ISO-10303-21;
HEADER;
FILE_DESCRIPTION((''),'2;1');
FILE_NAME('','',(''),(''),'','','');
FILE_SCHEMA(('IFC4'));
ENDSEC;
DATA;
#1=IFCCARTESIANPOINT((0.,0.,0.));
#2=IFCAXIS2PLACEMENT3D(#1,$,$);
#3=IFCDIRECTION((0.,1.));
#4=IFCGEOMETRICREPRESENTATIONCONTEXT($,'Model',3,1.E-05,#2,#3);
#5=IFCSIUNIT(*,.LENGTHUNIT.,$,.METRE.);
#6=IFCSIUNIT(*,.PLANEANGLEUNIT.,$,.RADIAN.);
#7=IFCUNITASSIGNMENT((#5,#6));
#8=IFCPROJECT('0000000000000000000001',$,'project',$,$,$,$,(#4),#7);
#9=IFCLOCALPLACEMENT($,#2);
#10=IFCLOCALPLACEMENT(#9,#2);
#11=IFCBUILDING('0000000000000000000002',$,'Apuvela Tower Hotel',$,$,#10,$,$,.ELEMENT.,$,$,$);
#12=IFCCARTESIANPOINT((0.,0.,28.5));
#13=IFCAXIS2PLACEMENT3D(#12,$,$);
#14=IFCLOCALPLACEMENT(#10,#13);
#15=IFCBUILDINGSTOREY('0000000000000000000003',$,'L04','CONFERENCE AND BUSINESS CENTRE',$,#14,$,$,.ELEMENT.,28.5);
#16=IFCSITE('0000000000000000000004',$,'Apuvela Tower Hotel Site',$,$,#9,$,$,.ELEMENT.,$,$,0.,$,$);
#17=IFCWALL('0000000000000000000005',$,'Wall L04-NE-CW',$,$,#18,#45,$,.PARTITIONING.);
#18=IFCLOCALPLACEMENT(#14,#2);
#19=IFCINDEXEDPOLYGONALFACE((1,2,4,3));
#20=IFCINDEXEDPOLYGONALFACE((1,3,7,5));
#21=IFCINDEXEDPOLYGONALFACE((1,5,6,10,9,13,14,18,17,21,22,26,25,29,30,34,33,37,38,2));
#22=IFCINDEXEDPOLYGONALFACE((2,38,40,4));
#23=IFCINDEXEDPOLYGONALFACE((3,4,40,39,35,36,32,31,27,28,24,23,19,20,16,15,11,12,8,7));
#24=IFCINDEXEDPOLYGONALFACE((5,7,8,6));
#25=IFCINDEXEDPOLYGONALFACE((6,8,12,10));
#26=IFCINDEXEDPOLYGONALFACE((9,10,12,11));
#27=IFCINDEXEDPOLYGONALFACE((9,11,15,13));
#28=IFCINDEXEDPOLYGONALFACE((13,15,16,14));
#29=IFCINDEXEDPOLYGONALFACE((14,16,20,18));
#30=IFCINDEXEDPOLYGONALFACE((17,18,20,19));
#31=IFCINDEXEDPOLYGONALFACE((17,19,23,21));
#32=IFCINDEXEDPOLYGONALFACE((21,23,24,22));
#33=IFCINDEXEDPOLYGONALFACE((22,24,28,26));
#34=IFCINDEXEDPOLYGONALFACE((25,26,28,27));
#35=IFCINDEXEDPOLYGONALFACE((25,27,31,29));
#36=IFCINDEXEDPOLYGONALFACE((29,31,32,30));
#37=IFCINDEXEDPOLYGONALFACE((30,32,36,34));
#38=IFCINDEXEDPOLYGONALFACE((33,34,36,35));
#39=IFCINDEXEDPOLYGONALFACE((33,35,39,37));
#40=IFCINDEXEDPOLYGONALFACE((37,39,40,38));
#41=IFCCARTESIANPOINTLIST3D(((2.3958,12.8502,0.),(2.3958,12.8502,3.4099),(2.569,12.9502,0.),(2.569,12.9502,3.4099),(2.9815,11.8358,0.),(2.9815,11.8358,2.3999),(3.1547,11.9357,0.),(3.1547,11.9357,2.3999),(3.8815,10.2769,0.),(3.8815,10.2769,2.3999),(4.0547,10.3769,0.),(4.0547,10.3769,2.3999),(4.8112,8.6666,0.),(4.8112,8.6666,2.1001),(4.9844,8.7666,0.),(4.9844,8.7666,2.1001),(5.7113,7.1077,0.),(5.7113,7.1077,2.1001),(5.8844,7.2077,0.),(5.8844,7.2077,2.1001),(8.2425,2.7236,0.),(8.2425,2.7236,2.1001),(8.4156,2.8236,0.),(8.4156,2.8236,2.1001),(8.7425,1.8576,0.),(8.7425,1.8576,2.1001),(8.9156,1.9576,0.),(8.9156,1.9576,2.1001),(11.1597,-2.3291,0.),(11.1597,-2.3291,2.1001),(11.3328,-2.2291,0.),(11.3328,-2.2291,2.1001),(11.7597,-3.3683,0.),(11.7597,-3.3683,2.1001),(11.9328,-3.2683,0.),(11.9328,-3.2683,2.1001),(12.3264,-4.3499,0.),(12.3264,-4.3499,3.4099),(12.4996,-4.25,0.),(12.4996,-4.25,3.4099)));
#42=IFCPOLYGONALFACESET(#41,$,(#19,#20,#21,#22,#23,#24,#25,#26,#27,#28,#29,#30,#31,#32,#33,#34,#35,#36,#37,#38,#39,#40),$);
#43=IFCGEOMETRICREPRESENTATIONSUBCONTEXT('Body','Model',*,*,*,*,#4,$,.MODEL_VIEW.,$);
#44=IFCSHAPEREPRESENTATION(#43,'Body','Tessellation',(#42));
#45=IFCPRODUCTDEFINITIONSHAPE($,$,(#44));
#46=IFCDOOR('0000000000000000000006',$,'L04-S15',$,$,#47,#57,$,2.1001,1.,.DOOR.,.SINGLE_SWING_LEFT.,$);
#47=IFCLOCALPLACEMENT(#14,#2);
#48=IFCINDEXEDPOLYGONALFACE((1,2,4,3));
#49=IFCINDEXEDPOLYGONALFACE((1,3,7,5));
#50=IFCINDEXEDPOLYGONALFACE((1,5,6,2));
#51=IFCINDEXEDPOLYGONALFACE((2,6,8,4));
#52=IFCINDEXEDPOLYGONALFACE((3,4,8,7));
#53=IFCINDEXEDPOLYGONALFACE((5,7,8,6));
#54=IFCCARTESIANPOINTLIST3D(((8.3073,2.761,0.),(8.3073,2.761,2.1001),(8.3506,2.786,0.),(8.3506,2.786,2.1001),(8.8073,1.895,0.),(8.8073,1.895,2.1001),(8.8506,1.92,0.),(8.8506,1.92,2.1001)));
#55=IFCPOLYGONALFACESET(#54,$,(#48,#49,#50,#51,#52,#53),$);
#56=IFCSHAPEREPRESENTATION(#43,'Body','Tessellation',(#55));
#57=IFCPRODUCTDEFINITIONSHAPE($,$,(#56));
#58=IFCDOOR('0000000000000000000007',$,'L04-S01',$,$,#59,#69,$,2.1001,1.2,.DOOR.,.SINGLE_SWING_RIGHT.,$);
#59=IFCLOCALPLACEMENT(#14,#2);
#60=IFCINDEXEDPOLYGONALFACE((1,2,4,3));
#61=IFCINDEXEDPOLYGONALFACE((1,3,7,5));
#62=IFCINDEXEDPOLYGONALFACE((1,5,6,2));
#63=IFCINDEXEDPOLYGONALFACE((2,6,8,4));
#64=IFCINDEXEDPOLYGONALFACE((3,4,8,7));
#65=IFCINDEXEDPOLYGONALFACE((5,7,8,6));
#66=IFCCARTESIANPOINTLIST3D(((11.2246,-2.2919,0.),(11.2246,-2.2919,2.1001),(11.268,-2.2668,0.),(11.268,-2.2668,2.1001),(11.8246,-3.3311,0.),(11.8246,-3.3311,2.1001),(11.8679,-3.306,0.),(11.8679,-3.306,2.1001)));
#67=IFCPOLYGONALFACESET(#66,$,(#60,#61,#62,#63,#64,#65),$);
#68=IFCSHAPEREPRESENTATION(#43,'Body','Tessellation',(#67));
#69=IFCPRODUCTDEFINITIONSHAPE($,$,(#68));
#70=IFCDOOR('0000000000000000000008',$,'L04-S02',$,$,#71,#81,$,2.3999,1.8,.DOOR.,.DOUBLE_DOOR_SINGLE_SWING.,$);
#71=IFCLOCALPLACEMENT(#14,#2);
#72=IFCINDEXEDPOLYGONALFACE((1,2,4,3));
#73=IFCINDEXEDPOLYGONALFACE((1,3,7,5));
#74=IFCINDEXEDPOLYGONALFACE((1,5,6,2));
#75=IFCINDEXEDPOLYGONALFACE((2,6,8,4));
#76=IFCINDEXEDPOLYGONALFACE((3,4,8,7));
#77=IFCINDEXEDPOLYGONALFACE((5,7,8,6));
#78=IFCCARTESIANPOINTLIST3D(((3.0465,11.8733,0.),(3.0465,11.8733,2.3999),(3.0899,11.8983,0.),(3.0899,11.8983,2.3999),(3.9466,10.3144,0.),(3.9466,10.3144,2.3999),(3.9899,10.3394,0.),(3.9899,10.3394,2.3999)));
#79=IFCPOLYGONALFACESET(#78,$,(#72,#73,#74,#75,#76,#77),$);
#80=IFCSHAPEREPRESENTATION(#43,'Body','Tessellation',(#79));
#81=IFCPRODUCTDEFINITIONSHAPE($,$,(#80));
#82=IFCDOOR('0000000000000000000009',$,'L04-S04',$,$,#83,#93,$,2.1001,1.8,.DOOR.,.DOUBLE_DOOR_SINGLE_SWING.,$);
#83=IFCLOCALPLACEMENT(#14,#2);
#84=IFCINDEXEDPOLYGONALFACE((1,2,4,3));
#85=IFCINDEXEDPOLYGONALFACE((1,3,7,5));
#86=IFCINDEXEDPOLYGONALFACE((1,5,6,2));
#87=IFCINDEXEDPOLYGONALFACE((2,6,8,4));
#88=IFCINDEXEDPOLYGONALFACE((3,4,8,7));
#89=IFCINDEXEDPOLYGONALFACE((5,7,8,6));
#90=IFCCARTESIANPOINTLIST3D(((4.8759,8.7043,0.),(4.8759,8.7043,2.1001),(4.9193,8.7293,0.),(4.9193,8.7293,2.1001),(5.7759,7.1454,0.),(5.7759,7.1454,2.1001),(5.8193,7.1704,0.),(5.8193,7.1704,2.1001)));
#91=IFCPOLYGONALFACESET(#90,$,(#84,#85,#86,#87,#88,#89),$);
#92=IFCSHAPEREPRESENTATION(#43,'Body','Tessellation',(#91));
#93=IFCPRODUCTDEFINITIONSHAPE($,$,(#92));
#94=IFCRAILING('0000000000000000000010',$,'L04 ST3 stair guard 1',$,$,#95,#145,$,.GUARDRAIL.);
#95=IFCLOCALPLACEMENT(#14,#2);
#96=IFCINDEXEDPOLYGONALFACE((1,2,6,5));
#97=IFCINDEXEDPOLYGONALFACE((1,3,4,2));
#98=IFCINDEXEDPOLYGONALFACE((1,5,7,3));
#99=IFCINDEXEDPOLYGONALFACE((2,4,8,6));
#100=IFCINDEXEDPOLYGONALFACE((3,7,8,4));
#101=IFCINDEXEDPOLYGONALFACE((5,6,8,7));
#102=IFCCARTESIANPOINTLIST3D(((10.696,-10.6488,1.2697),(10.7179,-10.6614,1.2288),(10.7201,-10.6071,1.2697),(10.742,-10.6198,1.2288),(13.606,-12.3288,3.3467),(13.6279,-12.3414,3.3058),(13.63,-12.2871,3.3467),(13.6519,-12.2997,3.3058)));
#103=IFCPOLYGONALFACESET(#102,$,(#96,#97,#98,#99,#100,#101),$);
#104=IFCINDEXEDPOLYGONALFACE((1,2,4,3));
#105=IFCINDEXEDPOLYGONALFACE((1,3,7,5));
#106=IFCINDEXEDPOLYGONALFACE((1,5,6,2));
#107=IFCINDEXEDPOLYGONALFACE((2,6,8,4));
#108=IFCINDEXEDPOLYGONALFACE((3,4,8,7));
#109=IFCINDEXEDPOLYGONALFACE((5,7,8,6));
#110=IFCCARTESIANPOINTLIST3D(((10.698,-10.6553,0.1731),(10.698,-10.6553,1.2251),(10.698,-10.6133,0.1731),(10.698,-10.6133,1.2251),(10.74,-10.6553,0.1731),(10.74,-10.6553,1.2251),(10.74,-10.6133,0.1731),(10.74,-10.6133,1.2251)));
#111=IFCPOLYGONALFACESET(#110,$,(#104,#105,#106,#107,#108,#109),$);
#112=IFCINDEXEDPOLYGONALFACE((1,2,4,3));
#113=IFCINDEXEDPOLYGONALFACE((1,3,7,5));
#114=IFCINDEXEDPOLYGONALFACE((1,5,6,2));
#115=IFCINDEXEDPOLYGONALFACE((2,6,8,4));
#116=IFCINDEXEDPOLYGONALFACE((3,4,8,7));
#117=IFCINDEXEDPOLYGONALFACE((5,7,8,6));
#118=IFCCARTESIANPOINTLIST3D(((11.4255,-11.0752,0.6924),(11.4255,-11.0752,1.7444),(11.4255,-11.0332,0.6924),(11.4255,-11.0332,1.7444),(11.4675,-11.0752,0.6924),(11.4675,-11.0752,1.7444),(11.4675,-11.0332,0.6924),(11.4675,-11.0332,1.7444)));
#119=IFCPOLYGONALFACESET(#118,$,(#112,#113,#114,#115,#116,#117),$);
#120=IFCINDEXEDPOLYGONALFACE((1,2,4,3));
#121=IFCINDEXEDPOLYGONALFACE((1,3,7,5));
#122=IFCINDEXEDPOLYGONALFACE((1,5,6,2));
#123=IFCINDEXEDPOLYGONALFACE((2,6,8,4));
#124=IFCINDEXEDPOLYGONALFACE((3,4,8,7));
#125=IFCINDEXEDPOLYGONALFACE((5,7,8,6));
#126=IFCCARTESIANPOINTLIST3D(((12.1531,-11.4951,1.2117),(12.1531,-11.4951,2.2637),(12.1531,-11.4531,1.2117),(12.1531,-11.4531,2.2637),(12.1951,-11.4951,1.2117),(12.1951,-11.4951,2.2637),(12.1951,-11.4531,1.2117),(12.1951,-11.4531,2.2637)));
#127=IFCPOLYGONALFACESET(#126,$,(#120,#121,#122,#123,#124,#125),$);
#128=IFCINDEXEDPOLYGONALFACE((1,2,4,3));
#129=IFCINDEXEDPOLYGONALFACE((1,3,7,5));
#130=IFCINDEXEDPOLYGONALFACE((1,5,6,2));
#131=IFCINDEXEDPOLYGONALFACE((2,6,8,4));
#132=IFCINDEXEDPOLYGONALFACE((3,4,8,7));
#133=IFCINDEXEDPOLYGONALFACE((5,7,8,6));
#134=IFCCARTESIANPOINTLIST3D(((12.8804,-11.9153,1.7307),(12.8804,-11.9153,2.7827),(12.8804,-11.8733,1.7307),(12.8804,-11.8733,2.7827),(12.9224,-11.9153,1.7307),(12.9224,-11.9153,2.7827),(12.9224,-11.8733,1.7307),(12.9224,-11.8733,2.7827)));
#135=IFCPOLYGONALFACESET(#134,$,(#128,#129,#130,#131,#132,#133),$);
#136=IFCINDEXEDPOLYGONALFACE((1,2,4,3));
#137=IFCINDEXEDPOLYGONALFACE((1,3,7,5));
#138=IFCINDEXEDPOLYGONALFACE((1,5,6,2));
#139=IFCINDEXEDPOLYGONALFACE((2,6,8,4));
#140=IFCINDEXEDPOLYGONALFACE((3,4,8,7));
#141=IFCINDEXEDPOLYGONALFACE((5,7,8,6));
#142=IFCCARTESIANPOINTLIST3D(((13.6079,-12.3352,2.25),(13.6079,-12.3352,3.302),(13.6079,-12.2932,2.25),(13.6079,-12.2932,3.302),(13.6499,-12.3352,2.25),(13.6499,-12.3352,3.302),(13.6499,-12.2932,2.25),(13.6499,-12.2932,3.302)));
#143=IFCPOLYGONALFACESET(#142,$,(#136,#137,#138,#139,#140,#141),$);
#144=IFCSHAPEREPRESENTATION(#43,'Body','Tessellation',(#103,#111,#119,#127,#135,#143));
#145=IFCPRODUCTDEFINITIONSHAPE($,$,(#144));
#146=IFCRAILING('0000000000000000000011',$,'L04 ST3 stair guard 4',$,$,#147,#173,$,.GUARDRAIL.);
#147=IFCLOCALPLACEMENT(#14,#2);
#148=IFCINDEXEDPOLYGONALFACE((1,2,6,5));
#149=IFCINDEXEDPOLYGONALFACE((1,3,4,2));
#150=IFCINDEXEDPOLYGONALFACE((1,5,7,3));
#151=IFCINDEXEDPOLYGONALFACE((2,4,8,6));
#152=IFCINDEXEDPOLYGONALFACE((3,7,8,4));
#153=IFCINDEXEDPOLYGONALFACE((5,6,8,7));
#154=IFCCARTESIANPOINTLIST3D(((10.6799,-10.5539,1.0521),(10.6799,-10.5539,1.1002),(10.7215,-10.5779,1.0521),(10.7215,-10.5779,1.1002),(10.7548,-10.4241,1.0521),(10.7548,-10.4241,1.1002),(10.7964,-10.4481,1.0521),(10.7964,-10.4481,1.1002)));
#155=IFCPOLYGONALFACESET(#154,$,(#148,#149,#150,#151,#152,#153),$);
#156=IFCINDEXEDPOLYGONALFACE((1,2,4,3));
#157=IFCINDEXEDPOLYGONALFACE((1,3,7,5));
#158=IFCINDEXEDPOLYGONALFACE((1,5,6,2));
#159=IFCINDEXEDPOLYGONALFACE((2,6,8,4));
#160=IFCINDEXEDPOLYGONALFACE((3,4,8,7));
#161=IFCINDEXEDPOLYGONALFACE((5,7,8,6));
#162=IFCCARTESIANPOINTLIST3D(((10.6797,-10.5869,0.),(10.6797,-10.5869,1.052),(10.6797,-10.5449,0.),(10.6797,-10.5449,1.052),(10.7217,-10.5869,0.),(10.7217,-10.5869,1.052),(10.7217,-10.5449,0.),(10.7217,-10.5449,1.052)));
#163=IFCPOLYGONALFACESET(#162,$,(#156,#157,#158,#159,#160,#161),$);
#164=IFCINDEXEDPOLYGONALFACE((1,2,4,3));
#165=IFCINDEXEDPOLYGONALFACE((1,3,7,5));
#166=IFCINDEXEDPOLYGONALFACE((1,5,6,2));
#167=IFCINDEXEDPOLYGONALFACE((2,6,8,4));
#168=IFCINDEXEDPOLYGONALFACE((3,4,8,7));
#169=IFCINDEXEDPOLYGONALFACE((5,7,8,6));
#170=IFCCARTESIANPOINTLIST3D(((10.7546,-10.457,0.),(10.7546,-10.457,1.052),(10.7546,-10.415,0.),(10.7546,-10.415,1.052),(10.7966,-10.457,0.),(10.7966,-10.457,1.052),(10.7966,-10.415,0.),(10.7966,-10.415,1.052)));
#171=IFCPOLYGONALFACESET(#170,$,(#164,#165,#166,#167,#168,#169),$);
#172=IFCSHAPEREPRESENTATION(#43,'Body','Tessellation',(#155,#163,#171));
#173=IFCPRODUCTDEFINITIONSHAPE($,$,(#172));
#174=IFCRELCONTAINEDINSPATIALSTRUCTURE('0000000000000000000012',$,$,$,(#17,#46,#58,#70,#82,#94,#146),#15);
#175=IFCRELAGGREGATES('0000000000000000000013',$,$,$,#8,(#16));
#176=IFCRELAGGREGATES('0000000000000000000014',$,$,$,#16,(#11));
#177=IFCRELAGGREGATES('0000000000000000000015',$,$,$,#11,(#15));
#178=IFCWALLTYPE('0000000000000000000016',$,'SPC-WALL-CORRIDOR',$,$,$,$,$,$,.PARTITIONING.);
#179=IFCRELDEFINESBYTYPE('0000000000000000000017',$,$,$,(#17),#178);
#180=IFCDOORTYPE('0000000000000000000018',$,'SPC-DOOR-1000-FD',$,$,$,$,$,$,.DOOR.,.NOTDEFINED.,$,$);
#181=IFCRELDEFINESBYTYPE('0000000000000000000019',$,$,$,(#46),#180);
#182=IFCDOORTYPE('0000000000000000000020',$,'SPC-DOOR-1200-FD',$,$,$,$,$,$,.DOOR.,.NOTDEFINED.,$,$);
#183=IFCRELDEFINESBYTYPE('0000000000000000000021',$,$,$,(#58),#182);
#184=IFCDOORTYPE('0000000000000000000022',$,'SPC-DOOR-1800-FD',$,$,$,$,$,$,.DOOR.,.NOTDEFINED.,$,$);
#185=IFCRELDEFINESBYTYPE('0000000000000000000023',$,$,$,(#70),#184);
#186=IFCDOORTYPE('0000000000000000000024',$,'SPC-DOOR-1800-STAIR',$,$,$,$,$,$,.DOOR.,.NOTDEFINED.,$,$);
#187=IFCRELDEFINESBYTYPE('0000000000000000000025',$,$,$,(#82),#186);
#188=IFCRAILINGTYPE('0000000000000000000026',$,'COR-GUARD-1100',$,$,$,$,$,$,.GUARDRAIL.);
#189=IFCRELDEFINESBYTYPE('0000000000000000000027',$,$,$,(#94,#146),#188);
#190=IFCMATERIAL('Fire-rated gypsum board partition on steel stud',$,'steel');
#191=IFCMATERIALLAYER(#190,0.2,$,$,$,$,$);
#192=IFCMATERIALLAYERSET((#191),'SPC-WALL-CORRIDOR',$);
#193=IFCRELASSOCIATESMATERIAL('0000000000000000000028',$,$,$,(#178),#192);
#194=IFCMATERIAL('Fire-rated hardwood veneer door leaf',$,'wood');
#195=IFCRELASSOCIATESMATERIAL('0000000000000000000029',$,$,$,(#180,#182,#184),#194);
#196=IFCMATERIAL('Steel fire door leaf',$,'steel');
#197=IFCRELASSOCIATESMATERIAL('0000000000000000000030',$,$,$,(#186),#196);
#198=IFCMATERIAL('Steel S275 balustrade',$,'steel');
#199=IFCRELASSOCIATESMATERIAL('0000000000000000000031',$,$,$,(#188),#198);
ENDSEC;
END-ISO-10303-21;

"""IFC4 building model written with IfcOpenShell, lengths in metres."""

from ifc_helpers import new_model, si_unit, direction, frame, frame_2d, origin, origin_2d, place, context, subcontext, project, spatial, rectangle, extrude, material, layer, layer_set, type_object, element, fill, save


model = new_model("IFC4")

# Units and contexts
model_context = context("Model", 3, precision=1e-05, world=origin(), true_north=direction((0.0, 1.0)))
body_context = subcontext(model_context, "Body", "Model", "MODEL_VIEW")
ifc_project = project(units=[si_unit("LENGTHUNIT", "METRE"), si_unit("PLANEANGLEUNIT", "RADIAN")], contexts=[model_context])

# Site, building, storey
site_placement = place(None, origin())
site = spatial("IfcSite", under=ifc_project, at=site_placement, Name="Apuvela Tower Hotel Site", CompositionType="ELEMENT", RefElevation=0.0)
building_placement = place(site_placement, origin())
building = spatial("IfcBuilding", under=site, at=building_placement, Name="Apuvela Tower Hotel", CompositionType="ELEMENT")
storey_placement = place(building_placement, frame((0.0, 0.0, 28.5)))
storey = spatial("IfcBuildingStorey", under=building, at=storey_placement, Name="L04", Description="CONFERENCE AND BUSINESS CENTRE", CompositionType="ELEMENT", Elevation=28.5)

# Wall, openings, doors
ifc_material_1 = material(Name="Fire-rated gypsum board partition on steel stud", Category="steel")
ifc_layer_1 = layer(ifc_material_1, 0.2)
ifc_layer_set_1 = layer_set([ifc_layer_1], Name="SPC-WALL-CORRIDOR")
wall_type_1 = type_object("IfcWallType", Name="SPC-WALL-CORRIDOR", PredefinedType="PARTITIONING", material=ifc_layer_set_1)
wall_1_placement = place(storey_placement, frame((12.4131, -4.3, 0.0), z_axis=(0.0, 0.0, 1.0), x_axis=(-0.500005, 0.866023, 0.0)))
wall_1 = element("IfcWall", 1, at=wall_1_placement, inside=storey, type_object=wall_type_1, Name="Wall L04-NE-CW", PredefinedType="PARTITIONING", context=body_context, shape_type="SweptSolid", body=[
    extrude(rectangle(XDim=19.8611, YDim=0.2, at=frame_2d((9.9307, 0.0))), origin(), (0.0, 0.0, 1.0), 3.4099),
])
opening_1_placement = place(wall_1_placement, frame((1.1335, 0.0, 0.0)))
opening_1 = element("IfcOpeningElement", 2, at=opening_1_placement, cuts=wall_1, PredefinedType="OPENING", context=body_context, shape_type="SweptSolid", body=[
    extrude(rectangle(XDim=1.2, YDim=2.1001, at=frame_2d((0.6001, 1.05))), frame((0.0, 0.1099, 0.0), z_axis=(0.0, -1.0, 0.0), x_axis=(1.0, 0.0, 0.0)), (0.0, 0.0, 1.0), 0.22),
])
opening_2_placement = place(wall_1_placement, frame((16.8899, 0.0, 0.0)))
opening_2 = element("IfcOpeningElement", 3, at=opening_2_placement, cuts=wall_1, PredefinedType="OPENING", context=body_context, shape_type="SweptSolid", body=[
    extrude(rectangle(XDim=1.8, YDim=2.3999, at=frame_2d((0.8999, 1.2))), frame((0.0, 0.1099, 0.0), z_axis=(0.0, -1.0, 0.0), x_axis=(1.0, 0.0, 0.0)), (0.0, 0.0, 1.0), 0.22),
])
opening_3_placement = place(wall_1_placement, frame((13.2305, 0.0, 0.0)))
opening_3 = element("IfcOpeningElement", 4, at=opening_3_placement, cuts=wall_1, PredefinedType="OPENING", context=body_context, shape_type="SweptSolid", body=[
    extrude(rectangle(XDim=1.8, YDim=2.1001, at=frame_2d((0.8999, 1.05))), frame((0.0, 0.1099, 0.0), z_axis=(0.0, -1.0, 0.0), x_axis=(1.0, 0.0, 0.0)), (0.0, 0.0, 1.0), 0.22),
])
opening_4_placement = place(wall_1_placement, frame((7.168, 0.0, 0.0)))
opening_4 = element("IfcOpeningElement", 5, at=opening_4_placement, cuts=wall_1, PredefinedType="OPENING", context=body_context, shape_type="SweptSolid", body=[
    extrude(rectangle(XDim=1.0, YDim=2.1001, at=frame_2d((0.5, 1.05))), frame((0.0, 0.1099, 0.0), z_axis=(0.0, -1.0, 0.0), x_axis=(1.0, 0.0, 0.0)), (0.0, 0.0, 1.0), 0.22),
])
ifc_material_2 = material(Name="Fire-rated hardwood veneer door leaf", Category="wood")
door_type_1 = type_object("IfcDoorType", Name="SPC-DOOR-1000-FD", OperationType="NOTDEFINED", PredefinedType="DOOR", material=ifc_material_2)
door_1_placement = place(opening_4_placement, frame((1.0, 0.0, 0.0), z_axis=(0.0, 0.0, 1.0), x_axis=(-1.0, 0.0, 0.0)))
door_1 = element("IfcDoor", 6, at=door_1_placement, inside=storey, type_object=door_type_1, Name="L04-S15", OperationType="SINGLE_SWING_LEFT", OverallHeight=2.1001, OverallWidth=1.0, PredefinedType="DOOR", context=body_context, shape_type="SweptSolid", body=[
    extrude(rectangle(XDim=1.0, YDim=2.1001, at=frame_2d((0.5, 1.05))), frame((0.0, 0.0249, 0.0), z_axis=(0.0, -1.0, 0.0), x_axis=(1.0, 0.0, 0.0)), (0.0, 0.0, 1.0), 0.05),
])
fill(opening_4, door_1)
door_type_2 = type_object("IfcDoorType", Name="SPC-DOOR-1200-FD", OperationType="NOTDEFINED", PredefinedType="DOOR", material=ifc_material_2)
door_2_placement = place(opening_1_placement, frame((1.2, 0.0, 0.0), z_axis=(0.0, 0.0, 1.0), x_axis=(-1.0, 0.0, 0.0)))
door_2 = element("IfcDoor", 7, at=door_2_placement, inside=storey, type_object=door_type_2, Name="L04-S01", OperationType="SINGLE_SWING_RIGHT", OverallHeight=2.1001, OverallWidth=1.2, PredefinedType="DOOR", context=body_context, shape_type="SweptSolid", body=[
    extrude(rectangle(XDim=1.2, YDim=2.1001, at=frame_2d((0.6001, 1.05))), frame((0.0, 0.0249, 0.0), z_axis=(0.0, -1.0, 0.0), x_axis=(1.0, 0.0, 0.0)), (0.0, 0.0, 1.0), 0.05),
])
fill(opening_1, door_2)
door_type_3 = type_object("IfcDoorType", Name="SPC-DOOR-1800-FD", OperationType="NOTDEFINED", PredefinedType="DOOR", material=ifc_material_2)
door_3_placement = place(opening_2_placement, origin())
door_3 = element("IfcDoor", 8, at=door_3_placement, inside=storey, type_object=door_type_3, Name="L04-S02", OperationType="DOUBLE_DOOR_SINGLE_SWING", OverallHeight=2.3999, OverallWidth=1.8, PredefinedType="DOOR", context=body_context, shape_type="SweptSolid", body=[
    extrude(rectangle(XDim=1.8, YDim=2.3999, at=frame_2d((0.8999, 1.2))), frame((0.0, 0.0249, 0.0), z_axis=(0.0, -1.0, 0.0), x_axis=(1.0, 0.0, 0.0)), (0.0, 0.0, 1.0), 0.05),
])
fill(opening_2, door_3)
ifc_material_3 = material(Name="Steel fire door leaf", Category="steel")
door_type_4 = type_object("IfcDoorType", Name="SPC-DOOR-1800-STAIR", OperationType="NOTDEFINED", PredefinedType="DOOR", material=ifc_material_3)
door_4_placement = place(opening_3_placement, frame((1.8, 0.0, 0.0), z_axis=(0.0, 0.0, 1.0), x_axis=(-1.0, 0.0, 0.0)))
door_4 = element("IfcDoor", 9, at=door_4_placement, inside=storey, type_object=door_type_4, Name="L04-S04", OperationType="DOUBLE_DOOR_SINGLE_SWING", OverallHeight=2.1001, OverallWidth=1.8, PredefinedType="DOOR", context=body_context, shape_type="SweptSolid", body=[
    extrude(rectangle(XDim=1.8, YDim=2.1001, at=frame_2d((0.8999, 1.05))), frame((0.0, 0.0249, 0.0), z_axis=(0.0, -1.0, 0.0), x_axis=(1.0, 0.0, 0.0)), (0.0, 0.0, 1.0), 0.05),
])
fill(opening_3, door_4)

# Railings
ifc_material_4 = material(Name="Steel S275 balustrade", Category="steel")
railing_type_1 = type_object("IfcRailingType", Name="COR-GUARD-1100", PredefinedType="GUARDRAIL", material=ifc_material_4)
railing_1_placement = place(storey_placement, frame((10.719, -10.6343, 0.1731)))
element("IfcRailing", 10, at=railing_1_placement, inside=storey, type_object=railing_type_1, Name="L04 ST3 stair guard 1", PredefinedType="GUARDRAIL", context=body_context, shape_type="SweptSolid", body=[
    extrude(rectangle(XDim=0.0481, YDim=0.0481, at=origin_2d()), frame((0.0, 0.0, 1.0762), z_axis=(0.736668, -0.425288, 0.525785), x_axis=(0.499976, 0.866039, 0.0)), (0.0, 0.0, 1.0), 3.9502),
    extrude(rectangle(XDim=0.042, YDim=0.042, at=origin_2d()), origin(), (0.0, 0.0, 1.0), 1.052),
    extrude(rectangle(XDim=0.042, YDim=0.042, at=origin_2d()), frame((0.7275, -0.4199, 0.5193)), (0.0, 0.0, 1.0), 1.052),
    extrude(rectangle(XDim=0.042, YDim=0.042, at=origin_2d()), frame((1.4551, -0.8398, 1.0386)), (0.0, 0.0, 1.0), 1.052),
    extrude(rectangle(XDim=0.042, YDim=0.042, at=origin_2d()), frame((2.1824, -1.26, 1.5576)), (0.0, 0.0, 1.0), 1.052),
    extrude(rectangle(XDim=0.042, YDim=0.042, at=origin_2d()), frame((2.9099, -1.6799, 2.0769)), (0.0, 0.0, 1.0), 1.052),
])
railing_2_placement = place(storey_placement, frame((10.7007, -10.5659, 0.0)))
element("IfcRailing", 11, at=railing_2_placement, inside=storey, type_object=railing_type_1, Name="L04 ST3 stair guard 4", PredefinedType="GUARDRAIL", context=body_context, shape_type="SweptSolid", body=[
    extrude(rectangle(XDim=0.0481, YDim=0.0481, at=origin_2d()), frame((0.0, 0.0, 1.0762), z_axis=(0.499816, 0.866131, 0.0), x_axis=(-0.866131, 0.499816, 0.0)), (0.0, 0.0, 1.0), 0.1499),
    extrude(rectangle(XDim=0.042, YDim=0.042, at=origin_2d()), origin(), (0.0, 0.0, 1.0), 1.052),
    extrude(rectangle(XDim=0.042, YDim=0.042, at=origin_2d()), frame((0.075, 0.1299, 0.0)), (0.0, 0.0, 1.0), 1.052),
])

save(model, "model.ifc")
